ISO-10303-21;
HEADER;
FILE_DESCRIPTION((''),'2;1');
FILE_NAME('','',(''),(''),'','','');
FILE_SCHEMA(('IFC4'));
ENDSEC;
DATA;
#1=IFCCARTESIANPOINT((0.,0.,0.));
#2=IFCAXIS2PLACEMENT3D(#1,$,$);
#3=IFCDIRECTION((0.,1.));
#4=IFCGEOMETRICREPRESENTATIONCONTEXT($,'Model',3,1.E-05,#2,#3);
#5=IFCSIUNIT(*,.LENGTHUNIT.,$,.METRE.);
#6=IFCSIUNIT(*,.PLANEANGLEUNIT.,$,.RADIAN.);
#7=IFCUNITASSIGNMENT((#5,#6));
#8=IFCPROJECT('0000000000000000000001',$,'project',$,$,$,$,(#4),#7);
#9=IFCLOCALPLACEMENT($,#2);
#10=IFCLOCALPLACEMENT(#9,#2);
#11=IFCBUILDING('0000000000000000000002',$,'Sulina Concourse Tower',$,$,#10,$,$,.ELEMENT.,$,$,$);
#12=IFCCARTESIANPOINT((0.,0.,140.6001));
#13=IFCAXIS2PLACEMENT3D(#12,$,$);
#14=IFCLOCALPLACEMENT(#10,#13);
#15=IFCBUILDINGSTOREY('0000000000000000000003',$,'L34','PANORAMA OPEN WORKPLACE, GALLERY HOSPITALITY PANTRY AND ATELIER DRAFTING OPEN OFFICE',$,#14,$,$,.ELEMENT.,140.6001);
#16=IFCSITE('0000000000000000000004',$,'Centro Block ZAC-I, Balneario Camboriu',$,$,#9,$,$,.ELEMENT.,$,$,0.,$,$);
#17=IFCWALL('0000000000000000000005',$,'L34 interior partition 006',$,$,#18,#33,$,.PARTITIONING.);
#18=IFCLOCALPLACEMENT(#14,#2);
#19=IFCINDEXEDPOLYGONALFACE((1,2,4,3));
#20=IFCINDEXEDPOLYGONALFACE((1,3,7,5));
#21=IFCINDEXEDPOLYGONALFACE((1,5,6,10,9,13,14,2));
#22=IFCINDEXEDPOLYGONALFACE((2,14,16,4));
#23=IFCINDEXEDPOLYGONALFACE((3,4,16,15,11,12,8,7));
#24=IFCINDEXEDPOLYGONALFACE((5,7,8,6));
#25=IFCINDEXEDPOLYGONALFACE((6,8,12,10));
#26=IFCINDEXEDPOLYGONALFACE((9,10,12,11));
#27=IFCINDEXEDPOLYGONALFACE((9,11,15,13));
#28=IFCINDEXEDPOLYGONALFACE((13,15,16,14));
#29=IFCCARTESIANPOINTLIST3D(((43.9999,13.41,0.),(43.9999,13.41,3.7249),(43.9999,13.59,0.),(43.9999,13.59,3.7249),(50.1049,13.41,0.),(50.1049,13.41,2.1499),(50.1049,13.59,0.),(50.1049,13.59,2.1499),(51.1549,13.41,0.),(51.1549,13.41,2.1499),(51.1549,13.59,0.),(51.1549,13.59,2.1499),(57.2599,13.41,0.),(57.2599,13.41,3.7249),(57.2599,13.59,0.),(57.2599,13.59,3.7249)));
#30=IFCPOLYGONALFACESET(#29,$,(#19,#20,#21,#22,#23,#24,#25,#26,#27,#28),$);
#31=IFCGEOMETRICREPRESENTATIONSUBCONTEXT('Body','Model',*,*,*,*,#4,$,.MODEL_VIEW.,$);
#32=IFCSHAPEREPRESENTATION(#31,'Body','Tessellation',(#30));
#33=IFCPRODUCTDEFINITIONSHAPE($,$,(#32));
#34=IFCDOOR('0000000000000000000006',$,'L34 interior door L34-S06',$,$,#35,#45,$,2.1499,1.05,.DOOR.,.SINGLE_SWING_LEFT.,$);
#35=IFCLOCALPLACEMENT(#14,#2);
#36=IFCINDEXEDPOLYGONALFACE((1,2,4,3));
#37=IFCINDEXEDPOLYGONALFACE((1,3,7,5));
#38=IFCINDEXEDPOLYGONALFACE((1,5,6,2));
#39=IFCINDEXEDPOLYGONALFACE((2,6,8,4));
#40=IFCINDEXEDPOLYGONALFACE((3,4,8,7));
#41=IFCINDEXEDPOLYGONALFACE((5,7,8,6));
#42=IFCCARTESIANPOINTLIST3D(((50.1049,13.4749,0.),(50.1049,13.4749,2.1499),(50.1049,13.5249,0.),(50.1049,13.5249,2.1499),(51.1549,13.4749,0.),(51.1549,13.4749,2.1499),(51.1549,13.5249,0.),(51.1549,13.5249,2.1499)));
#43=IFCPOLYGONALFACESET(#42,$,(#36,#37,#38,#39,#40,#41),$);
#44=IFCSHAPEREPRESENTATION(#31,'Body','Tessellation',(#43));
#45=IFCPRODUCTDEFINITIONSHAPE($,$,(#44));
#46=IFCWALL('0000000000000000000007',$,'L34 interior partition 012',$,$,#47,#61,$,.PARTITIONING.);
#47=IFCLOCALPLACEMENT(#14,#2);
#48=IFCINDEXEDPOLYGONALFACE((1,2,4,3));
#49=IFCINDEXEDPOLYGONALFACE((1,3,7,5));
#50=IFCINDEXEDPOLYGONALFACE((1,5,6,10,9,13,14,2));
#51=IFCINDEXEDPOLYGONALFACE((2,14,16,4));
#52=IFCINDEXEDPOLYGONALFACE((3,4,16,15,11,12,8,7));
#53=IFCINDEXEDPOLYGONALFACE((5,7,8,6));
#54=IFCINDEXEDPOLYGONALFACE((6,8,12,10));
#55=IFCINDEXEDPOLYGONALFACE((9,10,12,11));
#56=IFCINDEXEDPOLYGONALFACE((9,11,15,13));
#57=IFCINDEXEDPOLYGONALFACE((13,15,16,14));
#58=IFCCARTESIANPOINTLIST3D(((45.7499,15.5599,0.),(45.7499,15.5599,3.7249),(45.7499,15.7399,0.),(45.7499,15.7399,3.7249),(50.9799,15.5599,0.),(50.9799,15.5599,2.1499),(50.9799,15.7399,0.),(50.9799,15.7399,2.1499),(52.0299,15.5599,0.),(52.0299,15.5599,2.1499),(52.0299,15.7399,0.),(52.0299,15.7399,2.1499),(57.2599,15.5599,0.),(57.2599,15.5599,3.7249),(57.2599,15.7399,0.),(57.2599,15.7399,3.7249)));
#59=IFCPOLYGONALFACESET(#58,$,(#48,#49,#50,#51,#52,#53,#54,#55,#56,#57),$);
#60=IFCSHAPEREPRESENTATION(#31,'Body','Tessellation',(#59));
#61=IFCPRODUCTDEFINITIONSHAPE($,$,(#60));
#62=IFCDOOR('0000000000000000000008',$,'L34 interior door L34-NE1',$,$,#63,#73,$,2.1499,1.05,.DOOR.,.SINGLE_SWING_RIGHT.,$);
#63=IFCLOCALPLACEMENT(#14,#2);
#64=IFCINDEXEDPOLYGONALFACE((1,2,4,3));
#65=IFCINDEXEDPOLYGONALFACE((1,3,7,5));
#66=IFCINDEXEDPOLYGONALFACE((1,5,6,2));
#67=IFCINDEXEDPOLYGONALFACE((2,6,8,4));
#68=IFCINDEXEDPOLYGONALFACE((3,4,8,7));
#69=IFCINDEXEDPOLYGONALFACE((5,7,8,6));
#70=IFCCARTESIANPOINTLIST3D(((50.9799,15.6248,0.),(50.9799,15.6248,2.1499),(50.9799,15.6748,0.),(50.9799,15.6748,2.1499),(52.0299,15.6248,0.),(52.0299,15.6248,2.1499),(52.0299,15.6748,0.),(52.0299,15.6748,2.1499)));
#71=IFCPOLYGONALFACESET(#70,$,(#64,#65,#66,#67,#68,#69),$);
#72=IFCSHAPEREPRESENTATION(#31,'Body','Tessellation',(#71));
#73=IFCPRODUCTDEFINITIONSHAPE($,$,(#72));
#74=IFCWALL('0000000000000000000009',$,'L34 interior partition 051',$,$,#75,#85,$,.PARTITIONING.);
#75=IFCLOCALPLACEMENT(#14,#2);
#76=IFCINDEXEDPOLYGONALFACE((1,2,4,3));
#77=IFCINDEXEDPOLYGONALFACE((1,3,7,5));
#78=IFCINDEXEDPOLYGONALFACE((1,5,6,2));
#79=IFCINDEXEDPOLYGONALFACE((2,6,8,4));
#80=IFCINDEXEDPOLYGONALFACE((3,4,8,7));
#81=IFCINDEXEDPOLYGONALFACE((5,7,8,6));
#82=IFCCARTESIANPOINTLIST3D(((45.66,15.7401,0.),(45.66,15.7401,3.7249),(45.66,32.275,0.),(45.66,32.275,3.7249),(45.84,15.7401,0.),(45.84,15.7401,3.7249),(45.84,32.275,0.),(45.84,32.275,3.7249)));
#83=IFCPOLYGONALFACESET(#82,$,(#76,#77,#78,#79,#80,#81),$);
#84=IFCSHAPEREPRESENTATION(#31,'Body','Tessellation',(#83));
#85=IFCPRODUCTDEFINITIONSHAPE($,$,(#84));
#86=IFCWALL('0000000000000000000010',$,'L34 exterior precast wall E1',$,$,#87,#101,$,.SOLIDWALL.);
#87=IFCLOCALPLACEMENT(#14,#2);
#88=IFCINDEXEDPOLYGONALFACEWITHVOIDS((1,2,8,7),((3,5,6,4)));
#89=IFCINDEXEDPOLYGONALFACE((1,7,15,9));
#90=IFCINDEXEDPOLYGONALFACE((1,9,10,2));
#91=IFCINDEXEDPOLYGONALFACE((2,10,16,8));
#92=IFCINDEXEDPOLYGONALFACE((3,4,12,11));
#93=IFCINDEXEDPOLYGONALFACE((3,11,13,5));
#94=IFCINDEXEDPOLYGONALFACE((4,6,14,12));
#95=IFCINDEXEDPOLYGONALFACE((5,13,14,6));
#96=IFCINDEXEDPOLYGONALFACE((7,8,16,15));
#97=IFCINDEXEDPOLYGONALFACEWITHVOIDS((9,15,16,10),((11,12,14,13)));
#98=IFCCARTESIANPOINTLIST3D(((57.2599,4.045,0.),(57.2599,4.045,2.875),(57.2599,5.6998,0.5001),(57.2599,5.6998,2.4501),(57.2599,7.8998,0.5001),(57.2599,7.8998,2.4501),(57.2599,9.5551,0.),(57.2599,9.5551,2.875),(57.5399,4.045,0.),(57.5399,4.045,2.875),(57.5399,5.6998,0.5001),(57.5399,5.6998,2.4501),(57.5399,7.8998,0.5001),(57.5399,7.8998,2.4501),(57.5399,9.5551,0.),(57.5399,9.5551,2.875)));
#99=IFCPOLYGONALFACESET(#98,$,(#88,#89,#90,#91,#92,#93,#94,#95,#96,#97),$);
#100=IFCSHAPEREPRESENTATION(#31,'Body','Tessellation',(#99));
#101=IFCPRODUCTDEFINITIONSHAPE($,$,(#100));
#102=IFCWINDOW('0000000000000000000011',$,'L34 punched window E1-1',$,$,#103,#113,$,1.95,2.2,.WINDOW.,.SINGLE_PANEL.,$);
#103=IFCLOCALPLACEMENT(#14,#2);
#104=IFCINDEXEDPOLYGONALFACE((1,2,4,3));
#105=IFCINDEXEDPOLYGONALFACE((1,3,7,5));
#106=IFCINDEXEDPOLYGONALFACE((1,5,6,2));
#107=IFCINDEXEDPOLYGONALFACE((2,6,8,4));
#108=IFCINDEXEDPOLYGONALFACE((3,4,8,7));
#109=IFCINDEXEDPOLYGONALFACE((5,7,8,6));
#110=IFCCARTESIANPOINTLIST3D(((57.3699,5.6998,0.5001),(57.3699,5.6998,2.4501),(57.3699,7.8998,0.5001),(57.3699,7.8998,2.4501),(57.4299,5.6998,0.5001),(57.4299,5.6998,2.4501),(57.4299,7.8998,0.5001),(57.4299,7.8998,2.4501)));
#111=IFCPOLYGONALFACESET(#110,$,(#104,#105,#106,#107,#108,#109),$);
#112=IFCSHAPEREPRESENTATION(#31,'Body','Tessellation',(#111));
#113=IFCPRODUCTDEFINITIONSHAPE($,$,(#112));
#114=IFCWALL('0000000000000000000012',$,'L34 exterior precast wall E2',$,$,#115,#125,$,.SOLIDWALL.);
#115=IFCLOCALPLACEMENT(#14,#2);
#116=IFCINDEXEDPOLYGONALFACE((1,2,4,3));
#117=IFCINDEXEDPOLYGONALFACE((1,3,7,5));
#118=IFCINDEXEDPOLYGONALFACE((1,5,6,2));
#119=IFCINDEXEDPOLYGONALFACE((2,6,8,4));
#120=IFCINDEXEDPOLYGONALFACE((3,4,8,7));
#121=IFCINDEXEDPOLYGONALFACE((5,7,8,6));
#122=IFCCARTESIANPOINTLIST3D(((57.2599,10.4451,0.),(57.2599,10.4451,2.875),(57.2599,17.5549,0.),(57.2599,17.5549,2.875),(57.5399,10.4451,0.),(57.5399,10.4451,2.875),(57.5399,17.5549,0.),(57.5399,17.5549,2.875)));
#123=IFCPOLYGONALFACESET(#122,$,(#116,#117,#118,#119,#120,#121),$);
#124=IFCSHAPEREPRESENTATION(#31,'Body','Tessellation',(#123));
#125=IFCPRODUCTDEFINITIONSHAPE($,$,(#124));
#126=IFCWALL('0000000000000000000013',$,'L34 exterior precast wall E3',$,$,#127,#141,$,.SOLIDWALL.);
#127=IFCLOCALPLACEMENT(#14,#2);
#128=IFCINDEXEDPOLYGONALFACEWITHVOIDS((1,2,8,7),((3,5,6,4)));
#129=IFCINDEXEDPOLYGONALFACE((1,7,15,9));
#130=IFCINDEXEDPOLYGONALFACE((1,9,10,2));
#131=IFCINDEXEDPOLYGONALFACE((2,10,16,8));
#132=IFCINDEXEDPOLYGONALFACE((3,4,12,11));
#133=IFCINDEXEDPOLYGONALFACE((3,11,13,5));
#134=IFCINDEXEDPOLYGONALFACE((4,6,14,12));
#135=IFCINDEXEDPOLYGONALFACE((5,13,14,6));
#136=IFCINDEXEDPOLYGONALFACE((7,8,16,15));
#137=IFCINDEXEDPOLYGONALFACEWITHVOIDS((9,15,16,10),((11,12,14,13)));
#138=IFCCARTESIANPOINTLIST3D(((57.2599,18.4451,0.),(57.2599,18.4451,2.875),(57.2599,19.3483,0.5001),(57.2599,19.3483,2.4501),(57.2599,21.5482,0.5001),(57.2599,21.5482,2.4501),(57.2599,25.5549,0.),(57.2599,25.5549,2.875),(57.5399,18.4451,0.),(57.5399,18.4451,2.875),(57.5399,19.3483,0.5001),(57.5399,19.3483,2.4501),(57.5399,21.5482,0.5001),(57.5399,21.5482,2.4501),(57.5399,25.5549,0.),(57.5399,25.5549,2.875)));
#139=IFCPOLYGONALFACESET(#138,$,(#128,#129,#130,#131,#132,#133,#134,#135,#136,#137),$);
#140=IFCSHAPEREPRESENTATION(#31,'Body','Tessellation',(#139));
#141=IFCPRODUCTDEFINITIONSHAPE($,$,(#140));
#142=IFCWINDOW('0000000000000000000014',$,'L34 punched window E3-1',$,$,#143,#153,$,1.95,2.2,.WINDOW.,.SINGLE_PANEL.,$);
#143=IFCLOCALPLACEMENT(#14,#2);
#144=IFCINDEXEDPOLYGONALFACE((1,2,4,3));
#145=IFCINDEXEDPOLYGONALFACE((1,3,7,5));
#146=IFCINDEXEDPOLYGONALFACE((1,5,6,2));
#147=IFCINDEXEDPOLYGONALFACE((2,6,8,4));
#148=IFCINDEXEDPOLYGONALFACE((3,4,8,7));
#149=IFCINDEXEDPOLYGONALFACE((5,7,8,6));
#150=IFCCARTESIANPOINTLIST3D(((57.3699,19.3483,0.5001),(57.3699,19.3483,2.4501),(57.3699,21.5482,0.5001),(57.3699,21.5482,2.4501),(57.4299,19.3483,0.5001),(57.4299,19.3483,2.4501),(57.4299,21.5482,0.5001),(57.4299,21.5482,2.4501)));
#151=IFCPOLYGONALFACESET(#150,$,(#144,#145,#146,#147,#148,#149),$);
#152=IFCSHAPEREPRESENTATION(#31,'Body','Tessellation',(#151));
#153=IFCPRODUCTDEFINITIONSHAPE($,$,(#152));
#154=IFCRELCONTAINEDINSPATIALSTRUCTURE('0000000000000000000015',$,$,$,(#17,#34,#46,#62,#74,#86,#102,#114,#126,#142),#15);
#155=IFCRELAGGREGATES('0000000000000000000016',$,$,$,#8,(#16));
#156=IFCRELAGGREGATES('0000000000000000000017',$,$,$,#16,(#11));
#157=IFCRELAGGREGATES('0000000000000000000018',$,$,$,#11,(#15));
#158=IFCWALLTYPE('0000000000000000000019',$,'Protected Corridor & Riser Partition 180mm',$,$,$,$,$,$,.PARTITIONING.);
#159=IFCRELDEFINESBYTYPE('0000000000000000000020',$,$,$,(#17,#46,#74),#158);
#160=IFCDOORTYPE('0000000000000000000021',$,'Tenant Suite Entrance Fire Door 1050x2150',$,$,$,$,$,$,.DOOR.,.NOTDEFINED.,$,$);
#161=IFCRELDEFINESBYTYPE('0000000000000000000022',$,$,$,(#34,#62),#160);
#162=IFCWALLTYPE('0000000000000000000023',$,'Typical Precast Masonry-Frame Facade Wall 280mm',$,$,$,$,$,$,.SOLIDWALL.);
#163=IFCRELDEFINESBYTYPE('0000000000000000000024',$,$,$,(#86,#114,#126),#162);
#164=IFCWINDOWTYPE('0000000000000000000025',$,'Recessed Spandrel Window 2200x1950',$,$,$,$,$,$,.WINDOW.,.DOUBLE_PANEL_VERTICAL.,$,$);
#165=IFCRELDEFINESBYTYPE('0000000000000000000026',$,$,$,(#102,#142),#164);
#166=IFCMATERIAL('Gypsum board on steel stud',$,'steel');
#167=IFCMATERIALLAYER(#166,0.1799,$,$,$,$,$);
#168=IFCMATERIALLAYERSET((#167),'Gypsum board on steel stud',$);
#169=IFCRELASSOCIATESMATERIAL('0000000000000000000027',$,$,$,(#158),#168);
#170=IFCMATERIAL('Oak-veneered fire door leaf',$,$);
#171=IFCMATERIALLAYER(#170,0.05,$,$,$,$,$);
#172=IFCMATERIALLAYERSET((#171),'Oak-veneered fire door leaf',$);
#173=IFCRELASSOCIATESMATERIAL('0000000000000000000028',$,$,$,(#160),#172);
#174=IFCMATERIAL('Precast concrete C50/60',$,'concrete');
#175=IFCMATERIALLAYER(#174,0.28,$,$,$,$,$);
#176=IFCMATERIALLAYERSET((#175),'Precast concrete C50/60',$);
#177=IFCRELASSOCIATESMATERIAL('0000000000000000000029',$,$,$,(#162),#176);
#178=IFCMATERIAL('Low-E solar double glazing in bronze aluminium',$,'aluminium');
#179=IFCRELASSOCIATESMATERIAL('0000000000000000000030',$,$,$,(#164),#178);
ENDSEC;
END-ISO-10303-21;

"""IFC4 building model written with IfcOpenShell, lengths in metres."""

from ifc_helpers import new_model, si_unit, direction, frame, frame_2d, origin, place, context, subcontext, project, spatial, rectangle, extrude, material, layer, layer_set, type_object, element, fill, save


model = new_model("IFC4")

# Units and contexts
model_context = context("Model", 3, precision=1e-05, world=origin(), true_north=direction((0.0, 1.0)))
body_context = subcontext(model_context, "Body", "Model", "MODEL_VIEW")
ifc_project = project(units=[si_unit("LENGTHUNIT", "METRE"), si_unit("PLANEANGLEUNIT", "RADIAN")], contexts=[model_context])

# Site, building, storey
site_placement = place(None, origin())
site = spatial("IfcSite", under=ifc_project, at=site_placement, Name="Centro Block ZAC-I, Balneario Camboriu", CompositionType="ELEMENT", RefElevation=0.0)
building_placement = place(site_placement, origin())
building = spatial("IfcBuilding", under=site, at=building_placement, Name="Sulina Concourse Tower", CompositionType="ELEMENT")
storey_placement = place(building_placement, frame((0.0, 0.0, 140.6001)))
storey = spatial("IfcBuildingStorey", under=building, at=storey_placement, Name="L34", Description="PANORAMA OPEN WORKPLACE, GALLERY HOSPITALITY PANTRY AND ATELIER DRAFTING OPEN OFFICE", CompositionType="ELEMENT", Elevation=140.6001)

# Walls, openings, doors
ifc_material_1 = material(Name="Gypsum board on steel stud", Category="steel")
ifc_layer_1 = layer(ifc_material_1, 0.1799)
ifc_layer_set_1 = layer_set([ifc_layer_1], Name="Gypsum board on steel stud")
wall_type_1 = type_object("IfcWallType", Name="Protected Corridor & Riser Partition 180mm", PredefinedType="PARTITIONING", material=ifc_layer_set_1)
wall_1_placement = place(storey_placement, frame((44.0, 13.5, 0.0), z_axis=(0.0, 0.0, 1.0), x_axis=(1.0, 0.0, 0.0)))
wall_1 = element("IfcWall", 1, at=wall_1_placement, inside=storey, type_object=wall_type_1, Name="L34 interior partition 006", PredefinedType="PARTITIONING", context=body_context, shape_type="SweptSolid", body=[
    extrude(rectangle(XDim=13.26, YDim=0.1799, at=frame_2d((6.6299, 0.0))), origin(), (0.0, 0.0, 1.0), 3.7249),
])
opening_1_placement = place(wall_1_placement, frame((6.105, 0.0, 0.0)))
opening_1 = element("IfcOpeningElement", 2, at=opening_1_placement, cuts=wall_1, PredefinedType="OPENING", context=body_context, shape_type="SweptSolid", body=[
    extrude(rectangle(XDim=1.05, YDim=2.1499, at=frame_2d((0.5249, 1.075))), frame((0.0, 0.0999, 0.0), z_axis=(0.0, -1.0, 0.0), x_axis=(1.0, 0.0, 0.0)), (0.0, 0.0, 1.0), 0.2),
])
ifc_material_2 = material(Name="Oak-veneered fire door leaf")
ifc_layer_2 = layer(ifc_material_2, 0.05)
ifc_layer_set_2 = layer_set([ifc_layer_2], Name="Oak-veneered fire door leaf")
door_type = type_object("IfcDoorType", Name="Tenant Suite Entrance Fire Door 1050x2150", OperationType="NOTDEFINED", PredefinedType="DOOR", material=ifc_layer_set_2)
door_1_placement = place(opening_1_placement, origin())
door_1 = element("IfcDoor", 3, at=door_1_placement, inside=storey, type_object=door_type, Name="L34 interior door L34-S06", OperationType="SINGLE_SWING_LEFT", OverallHeight=2.1499, OverallWidth=1.05, PredefinedType="DOOR", context=body_context, shape_type="SweptSolid", body=[
    extrude(rectangle(XDim=1.05, YDim=2.1499, at=frame_2d((0.5249, 1.075))), frame((0.0, 0.0249, 0.0), z_axis=(0.0, -1.0, 0.0), x_axis=(1.0, 0.0, 0.0)), (0.0, 0.0, 1.0), 0.05),
])
fill(opening_1, door_1)
wall_2_placement = place(storey_placement, frame((45.75, 15.6499, 0.0), z_axis=(0.0, 0.0, 1.0), x_axis=(1.0, 0.0, 0.0)))
wall_2 = element("IfcWall", 4, at=wall_2_placement, inside=storey, type_object=wall_type_1, Name="L34 interior partition 012", PredefinedType="PARTITIONING", context=body_context, shape_type="SweptSolid", body=[
    extrude(rectangle(XDim=11.51, YDim=0.1799, at=frame_2d((5.7549, 0.0))), origin(), (0.0, 0.0, 1.0), 3.7249),
])
opening_2_placement = place(wall_2_placement, frame((5.23, 0.0, 0.0)))
opening_2 = element("IfcOpeningElement", 5, at=opening_2_placement, cuts=wall_2, PredefinedType="OPENING", context=body_context, shape_type="SweptSolid", body=[
    extrude(rectangle(XDim=1.05, YDim=2.1499, at=frame_2d((0.5249, 1.075))), frame((0.0, 0.0999, 0.0), z_axis=(0.0, -1.0, 0.0), x_axis=(1.0, 0.0, 0.0)), (0.0, 0.0, 1.0), 0.2),
])
door_2_placement = place(opening_2_placement, origin())
door_2 = element("IfcDoor", 6, at=door_2_placement, inside=storey, type_object=door_type, Name="L34 interior door L34-NE1", OperationType="SINGLE_SWING_RIGHT", OverallHeight=2.1499, OverallWidth=1.05, PredefinedType="DOOR", context=body_context, shape_type="SweptSolid", body=[
    extrude(rectangle(XDim=1.05, YDim=2.1499, at=frame_2d((0.5249, 1.075))), frame((0.0, 0.0249, 0.0), z_axis=(0.0, -1.0, 0.0), x_axis=(1.0, 0.0, 0.0)), (0.0, 0.0, 1.0), 0.05),
])
fill(opening_2, door_2)

# Wall
wall_3_placement = place(storey_placement, frame((45.75, 15.74, 0.0), z_axis=(0.0, 0.0, 1.0), x_axis=(0.0, 1.0, 0.0)))
element("IfcWall", 7, at=wall_3_placement, inside=storey, type_object=wall_type_1, Name="L34 interior partition 051", PredefinedType="PARTITIONING", context=body_context, shape_type="SweptSolid", body=[
    extrude(rectangle(XDim=16.5349, YDim=0.1799, at=frame_2d((8.2676, 0.0))), origin(), (0.0, 0.0, 1.0), 3.7249),
])

# Wall, opening, window
ifc_material_3 = material(Name="Precast concrete C50/60", Category="concrete")
ifc_layer_3 = layer(ifc_material_3, 0.28)
ifc_layer_set_3 = layer_set([ifc_layer_3], Name="Precast concrete C50/60")
wall_type_2 = type_object("IfcWallType", Name="Typical Precast Masonry-Frame Facade Wall 280mm", PredefinedType="SOLIDWALL", material=ifc_layer_set_3)
wall_4_placement = place(storey_placement, frame((57.3999, 9.5549, 0.0), z_axis=(0.0, 0.0, 1.0), x_axis=(0.0, -1.0, 0.0)))
wall_4 = element("IfcWall", 8, at=wall_4_placement, inside=storey, type_object=wall_type_2, Name="L34 exterior precast wall E1", PredefinedType="SOLIDWALL", context=body_context, shape_type="SweptSolid", body=[
    extrude(rectangle(XDim=5.51, YDim=0.28, at=frame_2d((2.7549, 0.0))), origin(), (0.0, 0.0, 1.0), 2.875),
])
opening_3_placement = place(wall_4_placement, frame((1.655, 0.0, 0.5)))
opening_3 = element("IfcOpeningElement", 9, at=opening_3_placement, cuts=wall_4, PredefinedType="OPENING", context=body_context, shape_type="SweptSolid", body=[
    extrude(rectangle(XDim=2.2, YDim=1.95, at=frame_2d((1.1001, 0.9751))), frame((0.0, 0.1499, 0.0), z_axis=(0.0, -1.0, 0.0), x_axis=(1.0, 0.0, 0.0)), (0.0, 0.0, 1.0), 0.3),
])
ifc_material_4 = material(Name="Low-E solar double glazing in bronze aluminium", Category="aluminium")
window_type = type_object("IfcWindowType", Name="Recessed Spandrel Window 2200x1950", PartitioningType="DOUBLE_PANEL_VERTICAL", PredefinedType="WINDOW", material=ifc_material_4)
window_1_placement = place(opening_3_placement, origin())
window_1 = element("IfcWindow", 10, at=window_1_placement, inside=storey, type_object=window_type, Name="L34 punched window E1-1", OverallHeight=1.95, OverallWidth=2.2, PartitioningType="SINGLE_PANEL", PredefinedType="WINDOW", context=body_context, shape_type="SweptSolid", body=[
    extrude(rectangle(XDim=2.2, YDim=1.95, at=frame_2d((1.1001, 0.9751))), frame((0.0, 0.03, 0.0), z_axis=(0.0, -1.0, 0.0), x_axis=(1.0, 0.0, 0.0)), (0.0, 0.0, 1.0), 0.0601),
])
fill(opening_3, window_1)

# Wall
wall_5_placement = place(storey_placement, frame((57.3999, 17.5549, 0.0), z_axis=(0.0, 0.0, 1.0), x_axis=(0.0, -1.0, 0.0)))
element("IfcWall", 11, at=wall_5_placement, inside=storey, type_object=wall_type_2, Name="L34 exterior precast wall E2", PredefinedType="SOLIDWALL", context=body_context, shape_type="SweptSolid", body=[
    extrude(rectangle(XDim=7.1099, YDim=0.28, at=frame_2d((3.5549, 0.0))), origin(), (0.0, 0.0, 1.0), 2.875),
])

# Wall, opening, window
wall_6_placement = place(storey_placement, frame((57.3999, 25.5549, 0.0), z_axis=(0.0, 0.0, 1.0), x_axis=(0.0, -1.0, 0.0)))
wall_6 = element("IfcWall", 12, at=wall_6_placement, inside=storey, type_object=wall_type_2, Name="L34 exterior precast wall E3", PredefinedType="SOLIDWALL", context=body_context, shape_type="SweptSolid", body=[
    extrude(rectangle(XDim=7.1099, YDim=0.28, at=frame_2d((3.5549, 0.0))), origin(), (0.0, 0.0, 1.0), 2.875),
])
opening_4_placement = place(wall_6_placement, frame((4.0066, 0.0, 0.5)))
opening_4 = element("IfcOpeningElement", 13, at=opening_4_placement, cuts=wall_6, PredefinedType="OPENING", context=body_context, shape_type="SweptSolid", body=[
    extrude(rectangle(XDim=2.2, YDim=1.95, at=frame_2d((1.1001, 0.9751))), frame((0.0, 0.1499, 0.0), z_axis=(0.0, -1.0, 0.0), x_axis=(1.0, 0.0, 0.0)), (0.0, 0.0, 1.0), 0.3),
])
window_2_placement = place(opening_4_placement, origin())
window_2 = element("IfcWindow", 14, at=window_2_placement, inside=storey, type_object=window_type, Name="L34 punched window E3-1", OverallHeight=1.95, OverallWidth=2.2, PartitioningType="SINGLE_PANEL", PredefinedType="WINDOW", context=body_context, shape_type="SweptSolid", body=[
    extrude(rectangle(XDim=2.2, YDim=1.95, at=frame_2d((1.1001, 0.9751))), frame((0.0, 0.03, 0.0), z_axis=(0.0, -1.0, 0.0), x_axis=(1.0, 0.0, 0.0)), (0.0, 0.0, 1.0), 0.0601),
])
fill(opening_4, window_2)

save(model, "model.ifc")
